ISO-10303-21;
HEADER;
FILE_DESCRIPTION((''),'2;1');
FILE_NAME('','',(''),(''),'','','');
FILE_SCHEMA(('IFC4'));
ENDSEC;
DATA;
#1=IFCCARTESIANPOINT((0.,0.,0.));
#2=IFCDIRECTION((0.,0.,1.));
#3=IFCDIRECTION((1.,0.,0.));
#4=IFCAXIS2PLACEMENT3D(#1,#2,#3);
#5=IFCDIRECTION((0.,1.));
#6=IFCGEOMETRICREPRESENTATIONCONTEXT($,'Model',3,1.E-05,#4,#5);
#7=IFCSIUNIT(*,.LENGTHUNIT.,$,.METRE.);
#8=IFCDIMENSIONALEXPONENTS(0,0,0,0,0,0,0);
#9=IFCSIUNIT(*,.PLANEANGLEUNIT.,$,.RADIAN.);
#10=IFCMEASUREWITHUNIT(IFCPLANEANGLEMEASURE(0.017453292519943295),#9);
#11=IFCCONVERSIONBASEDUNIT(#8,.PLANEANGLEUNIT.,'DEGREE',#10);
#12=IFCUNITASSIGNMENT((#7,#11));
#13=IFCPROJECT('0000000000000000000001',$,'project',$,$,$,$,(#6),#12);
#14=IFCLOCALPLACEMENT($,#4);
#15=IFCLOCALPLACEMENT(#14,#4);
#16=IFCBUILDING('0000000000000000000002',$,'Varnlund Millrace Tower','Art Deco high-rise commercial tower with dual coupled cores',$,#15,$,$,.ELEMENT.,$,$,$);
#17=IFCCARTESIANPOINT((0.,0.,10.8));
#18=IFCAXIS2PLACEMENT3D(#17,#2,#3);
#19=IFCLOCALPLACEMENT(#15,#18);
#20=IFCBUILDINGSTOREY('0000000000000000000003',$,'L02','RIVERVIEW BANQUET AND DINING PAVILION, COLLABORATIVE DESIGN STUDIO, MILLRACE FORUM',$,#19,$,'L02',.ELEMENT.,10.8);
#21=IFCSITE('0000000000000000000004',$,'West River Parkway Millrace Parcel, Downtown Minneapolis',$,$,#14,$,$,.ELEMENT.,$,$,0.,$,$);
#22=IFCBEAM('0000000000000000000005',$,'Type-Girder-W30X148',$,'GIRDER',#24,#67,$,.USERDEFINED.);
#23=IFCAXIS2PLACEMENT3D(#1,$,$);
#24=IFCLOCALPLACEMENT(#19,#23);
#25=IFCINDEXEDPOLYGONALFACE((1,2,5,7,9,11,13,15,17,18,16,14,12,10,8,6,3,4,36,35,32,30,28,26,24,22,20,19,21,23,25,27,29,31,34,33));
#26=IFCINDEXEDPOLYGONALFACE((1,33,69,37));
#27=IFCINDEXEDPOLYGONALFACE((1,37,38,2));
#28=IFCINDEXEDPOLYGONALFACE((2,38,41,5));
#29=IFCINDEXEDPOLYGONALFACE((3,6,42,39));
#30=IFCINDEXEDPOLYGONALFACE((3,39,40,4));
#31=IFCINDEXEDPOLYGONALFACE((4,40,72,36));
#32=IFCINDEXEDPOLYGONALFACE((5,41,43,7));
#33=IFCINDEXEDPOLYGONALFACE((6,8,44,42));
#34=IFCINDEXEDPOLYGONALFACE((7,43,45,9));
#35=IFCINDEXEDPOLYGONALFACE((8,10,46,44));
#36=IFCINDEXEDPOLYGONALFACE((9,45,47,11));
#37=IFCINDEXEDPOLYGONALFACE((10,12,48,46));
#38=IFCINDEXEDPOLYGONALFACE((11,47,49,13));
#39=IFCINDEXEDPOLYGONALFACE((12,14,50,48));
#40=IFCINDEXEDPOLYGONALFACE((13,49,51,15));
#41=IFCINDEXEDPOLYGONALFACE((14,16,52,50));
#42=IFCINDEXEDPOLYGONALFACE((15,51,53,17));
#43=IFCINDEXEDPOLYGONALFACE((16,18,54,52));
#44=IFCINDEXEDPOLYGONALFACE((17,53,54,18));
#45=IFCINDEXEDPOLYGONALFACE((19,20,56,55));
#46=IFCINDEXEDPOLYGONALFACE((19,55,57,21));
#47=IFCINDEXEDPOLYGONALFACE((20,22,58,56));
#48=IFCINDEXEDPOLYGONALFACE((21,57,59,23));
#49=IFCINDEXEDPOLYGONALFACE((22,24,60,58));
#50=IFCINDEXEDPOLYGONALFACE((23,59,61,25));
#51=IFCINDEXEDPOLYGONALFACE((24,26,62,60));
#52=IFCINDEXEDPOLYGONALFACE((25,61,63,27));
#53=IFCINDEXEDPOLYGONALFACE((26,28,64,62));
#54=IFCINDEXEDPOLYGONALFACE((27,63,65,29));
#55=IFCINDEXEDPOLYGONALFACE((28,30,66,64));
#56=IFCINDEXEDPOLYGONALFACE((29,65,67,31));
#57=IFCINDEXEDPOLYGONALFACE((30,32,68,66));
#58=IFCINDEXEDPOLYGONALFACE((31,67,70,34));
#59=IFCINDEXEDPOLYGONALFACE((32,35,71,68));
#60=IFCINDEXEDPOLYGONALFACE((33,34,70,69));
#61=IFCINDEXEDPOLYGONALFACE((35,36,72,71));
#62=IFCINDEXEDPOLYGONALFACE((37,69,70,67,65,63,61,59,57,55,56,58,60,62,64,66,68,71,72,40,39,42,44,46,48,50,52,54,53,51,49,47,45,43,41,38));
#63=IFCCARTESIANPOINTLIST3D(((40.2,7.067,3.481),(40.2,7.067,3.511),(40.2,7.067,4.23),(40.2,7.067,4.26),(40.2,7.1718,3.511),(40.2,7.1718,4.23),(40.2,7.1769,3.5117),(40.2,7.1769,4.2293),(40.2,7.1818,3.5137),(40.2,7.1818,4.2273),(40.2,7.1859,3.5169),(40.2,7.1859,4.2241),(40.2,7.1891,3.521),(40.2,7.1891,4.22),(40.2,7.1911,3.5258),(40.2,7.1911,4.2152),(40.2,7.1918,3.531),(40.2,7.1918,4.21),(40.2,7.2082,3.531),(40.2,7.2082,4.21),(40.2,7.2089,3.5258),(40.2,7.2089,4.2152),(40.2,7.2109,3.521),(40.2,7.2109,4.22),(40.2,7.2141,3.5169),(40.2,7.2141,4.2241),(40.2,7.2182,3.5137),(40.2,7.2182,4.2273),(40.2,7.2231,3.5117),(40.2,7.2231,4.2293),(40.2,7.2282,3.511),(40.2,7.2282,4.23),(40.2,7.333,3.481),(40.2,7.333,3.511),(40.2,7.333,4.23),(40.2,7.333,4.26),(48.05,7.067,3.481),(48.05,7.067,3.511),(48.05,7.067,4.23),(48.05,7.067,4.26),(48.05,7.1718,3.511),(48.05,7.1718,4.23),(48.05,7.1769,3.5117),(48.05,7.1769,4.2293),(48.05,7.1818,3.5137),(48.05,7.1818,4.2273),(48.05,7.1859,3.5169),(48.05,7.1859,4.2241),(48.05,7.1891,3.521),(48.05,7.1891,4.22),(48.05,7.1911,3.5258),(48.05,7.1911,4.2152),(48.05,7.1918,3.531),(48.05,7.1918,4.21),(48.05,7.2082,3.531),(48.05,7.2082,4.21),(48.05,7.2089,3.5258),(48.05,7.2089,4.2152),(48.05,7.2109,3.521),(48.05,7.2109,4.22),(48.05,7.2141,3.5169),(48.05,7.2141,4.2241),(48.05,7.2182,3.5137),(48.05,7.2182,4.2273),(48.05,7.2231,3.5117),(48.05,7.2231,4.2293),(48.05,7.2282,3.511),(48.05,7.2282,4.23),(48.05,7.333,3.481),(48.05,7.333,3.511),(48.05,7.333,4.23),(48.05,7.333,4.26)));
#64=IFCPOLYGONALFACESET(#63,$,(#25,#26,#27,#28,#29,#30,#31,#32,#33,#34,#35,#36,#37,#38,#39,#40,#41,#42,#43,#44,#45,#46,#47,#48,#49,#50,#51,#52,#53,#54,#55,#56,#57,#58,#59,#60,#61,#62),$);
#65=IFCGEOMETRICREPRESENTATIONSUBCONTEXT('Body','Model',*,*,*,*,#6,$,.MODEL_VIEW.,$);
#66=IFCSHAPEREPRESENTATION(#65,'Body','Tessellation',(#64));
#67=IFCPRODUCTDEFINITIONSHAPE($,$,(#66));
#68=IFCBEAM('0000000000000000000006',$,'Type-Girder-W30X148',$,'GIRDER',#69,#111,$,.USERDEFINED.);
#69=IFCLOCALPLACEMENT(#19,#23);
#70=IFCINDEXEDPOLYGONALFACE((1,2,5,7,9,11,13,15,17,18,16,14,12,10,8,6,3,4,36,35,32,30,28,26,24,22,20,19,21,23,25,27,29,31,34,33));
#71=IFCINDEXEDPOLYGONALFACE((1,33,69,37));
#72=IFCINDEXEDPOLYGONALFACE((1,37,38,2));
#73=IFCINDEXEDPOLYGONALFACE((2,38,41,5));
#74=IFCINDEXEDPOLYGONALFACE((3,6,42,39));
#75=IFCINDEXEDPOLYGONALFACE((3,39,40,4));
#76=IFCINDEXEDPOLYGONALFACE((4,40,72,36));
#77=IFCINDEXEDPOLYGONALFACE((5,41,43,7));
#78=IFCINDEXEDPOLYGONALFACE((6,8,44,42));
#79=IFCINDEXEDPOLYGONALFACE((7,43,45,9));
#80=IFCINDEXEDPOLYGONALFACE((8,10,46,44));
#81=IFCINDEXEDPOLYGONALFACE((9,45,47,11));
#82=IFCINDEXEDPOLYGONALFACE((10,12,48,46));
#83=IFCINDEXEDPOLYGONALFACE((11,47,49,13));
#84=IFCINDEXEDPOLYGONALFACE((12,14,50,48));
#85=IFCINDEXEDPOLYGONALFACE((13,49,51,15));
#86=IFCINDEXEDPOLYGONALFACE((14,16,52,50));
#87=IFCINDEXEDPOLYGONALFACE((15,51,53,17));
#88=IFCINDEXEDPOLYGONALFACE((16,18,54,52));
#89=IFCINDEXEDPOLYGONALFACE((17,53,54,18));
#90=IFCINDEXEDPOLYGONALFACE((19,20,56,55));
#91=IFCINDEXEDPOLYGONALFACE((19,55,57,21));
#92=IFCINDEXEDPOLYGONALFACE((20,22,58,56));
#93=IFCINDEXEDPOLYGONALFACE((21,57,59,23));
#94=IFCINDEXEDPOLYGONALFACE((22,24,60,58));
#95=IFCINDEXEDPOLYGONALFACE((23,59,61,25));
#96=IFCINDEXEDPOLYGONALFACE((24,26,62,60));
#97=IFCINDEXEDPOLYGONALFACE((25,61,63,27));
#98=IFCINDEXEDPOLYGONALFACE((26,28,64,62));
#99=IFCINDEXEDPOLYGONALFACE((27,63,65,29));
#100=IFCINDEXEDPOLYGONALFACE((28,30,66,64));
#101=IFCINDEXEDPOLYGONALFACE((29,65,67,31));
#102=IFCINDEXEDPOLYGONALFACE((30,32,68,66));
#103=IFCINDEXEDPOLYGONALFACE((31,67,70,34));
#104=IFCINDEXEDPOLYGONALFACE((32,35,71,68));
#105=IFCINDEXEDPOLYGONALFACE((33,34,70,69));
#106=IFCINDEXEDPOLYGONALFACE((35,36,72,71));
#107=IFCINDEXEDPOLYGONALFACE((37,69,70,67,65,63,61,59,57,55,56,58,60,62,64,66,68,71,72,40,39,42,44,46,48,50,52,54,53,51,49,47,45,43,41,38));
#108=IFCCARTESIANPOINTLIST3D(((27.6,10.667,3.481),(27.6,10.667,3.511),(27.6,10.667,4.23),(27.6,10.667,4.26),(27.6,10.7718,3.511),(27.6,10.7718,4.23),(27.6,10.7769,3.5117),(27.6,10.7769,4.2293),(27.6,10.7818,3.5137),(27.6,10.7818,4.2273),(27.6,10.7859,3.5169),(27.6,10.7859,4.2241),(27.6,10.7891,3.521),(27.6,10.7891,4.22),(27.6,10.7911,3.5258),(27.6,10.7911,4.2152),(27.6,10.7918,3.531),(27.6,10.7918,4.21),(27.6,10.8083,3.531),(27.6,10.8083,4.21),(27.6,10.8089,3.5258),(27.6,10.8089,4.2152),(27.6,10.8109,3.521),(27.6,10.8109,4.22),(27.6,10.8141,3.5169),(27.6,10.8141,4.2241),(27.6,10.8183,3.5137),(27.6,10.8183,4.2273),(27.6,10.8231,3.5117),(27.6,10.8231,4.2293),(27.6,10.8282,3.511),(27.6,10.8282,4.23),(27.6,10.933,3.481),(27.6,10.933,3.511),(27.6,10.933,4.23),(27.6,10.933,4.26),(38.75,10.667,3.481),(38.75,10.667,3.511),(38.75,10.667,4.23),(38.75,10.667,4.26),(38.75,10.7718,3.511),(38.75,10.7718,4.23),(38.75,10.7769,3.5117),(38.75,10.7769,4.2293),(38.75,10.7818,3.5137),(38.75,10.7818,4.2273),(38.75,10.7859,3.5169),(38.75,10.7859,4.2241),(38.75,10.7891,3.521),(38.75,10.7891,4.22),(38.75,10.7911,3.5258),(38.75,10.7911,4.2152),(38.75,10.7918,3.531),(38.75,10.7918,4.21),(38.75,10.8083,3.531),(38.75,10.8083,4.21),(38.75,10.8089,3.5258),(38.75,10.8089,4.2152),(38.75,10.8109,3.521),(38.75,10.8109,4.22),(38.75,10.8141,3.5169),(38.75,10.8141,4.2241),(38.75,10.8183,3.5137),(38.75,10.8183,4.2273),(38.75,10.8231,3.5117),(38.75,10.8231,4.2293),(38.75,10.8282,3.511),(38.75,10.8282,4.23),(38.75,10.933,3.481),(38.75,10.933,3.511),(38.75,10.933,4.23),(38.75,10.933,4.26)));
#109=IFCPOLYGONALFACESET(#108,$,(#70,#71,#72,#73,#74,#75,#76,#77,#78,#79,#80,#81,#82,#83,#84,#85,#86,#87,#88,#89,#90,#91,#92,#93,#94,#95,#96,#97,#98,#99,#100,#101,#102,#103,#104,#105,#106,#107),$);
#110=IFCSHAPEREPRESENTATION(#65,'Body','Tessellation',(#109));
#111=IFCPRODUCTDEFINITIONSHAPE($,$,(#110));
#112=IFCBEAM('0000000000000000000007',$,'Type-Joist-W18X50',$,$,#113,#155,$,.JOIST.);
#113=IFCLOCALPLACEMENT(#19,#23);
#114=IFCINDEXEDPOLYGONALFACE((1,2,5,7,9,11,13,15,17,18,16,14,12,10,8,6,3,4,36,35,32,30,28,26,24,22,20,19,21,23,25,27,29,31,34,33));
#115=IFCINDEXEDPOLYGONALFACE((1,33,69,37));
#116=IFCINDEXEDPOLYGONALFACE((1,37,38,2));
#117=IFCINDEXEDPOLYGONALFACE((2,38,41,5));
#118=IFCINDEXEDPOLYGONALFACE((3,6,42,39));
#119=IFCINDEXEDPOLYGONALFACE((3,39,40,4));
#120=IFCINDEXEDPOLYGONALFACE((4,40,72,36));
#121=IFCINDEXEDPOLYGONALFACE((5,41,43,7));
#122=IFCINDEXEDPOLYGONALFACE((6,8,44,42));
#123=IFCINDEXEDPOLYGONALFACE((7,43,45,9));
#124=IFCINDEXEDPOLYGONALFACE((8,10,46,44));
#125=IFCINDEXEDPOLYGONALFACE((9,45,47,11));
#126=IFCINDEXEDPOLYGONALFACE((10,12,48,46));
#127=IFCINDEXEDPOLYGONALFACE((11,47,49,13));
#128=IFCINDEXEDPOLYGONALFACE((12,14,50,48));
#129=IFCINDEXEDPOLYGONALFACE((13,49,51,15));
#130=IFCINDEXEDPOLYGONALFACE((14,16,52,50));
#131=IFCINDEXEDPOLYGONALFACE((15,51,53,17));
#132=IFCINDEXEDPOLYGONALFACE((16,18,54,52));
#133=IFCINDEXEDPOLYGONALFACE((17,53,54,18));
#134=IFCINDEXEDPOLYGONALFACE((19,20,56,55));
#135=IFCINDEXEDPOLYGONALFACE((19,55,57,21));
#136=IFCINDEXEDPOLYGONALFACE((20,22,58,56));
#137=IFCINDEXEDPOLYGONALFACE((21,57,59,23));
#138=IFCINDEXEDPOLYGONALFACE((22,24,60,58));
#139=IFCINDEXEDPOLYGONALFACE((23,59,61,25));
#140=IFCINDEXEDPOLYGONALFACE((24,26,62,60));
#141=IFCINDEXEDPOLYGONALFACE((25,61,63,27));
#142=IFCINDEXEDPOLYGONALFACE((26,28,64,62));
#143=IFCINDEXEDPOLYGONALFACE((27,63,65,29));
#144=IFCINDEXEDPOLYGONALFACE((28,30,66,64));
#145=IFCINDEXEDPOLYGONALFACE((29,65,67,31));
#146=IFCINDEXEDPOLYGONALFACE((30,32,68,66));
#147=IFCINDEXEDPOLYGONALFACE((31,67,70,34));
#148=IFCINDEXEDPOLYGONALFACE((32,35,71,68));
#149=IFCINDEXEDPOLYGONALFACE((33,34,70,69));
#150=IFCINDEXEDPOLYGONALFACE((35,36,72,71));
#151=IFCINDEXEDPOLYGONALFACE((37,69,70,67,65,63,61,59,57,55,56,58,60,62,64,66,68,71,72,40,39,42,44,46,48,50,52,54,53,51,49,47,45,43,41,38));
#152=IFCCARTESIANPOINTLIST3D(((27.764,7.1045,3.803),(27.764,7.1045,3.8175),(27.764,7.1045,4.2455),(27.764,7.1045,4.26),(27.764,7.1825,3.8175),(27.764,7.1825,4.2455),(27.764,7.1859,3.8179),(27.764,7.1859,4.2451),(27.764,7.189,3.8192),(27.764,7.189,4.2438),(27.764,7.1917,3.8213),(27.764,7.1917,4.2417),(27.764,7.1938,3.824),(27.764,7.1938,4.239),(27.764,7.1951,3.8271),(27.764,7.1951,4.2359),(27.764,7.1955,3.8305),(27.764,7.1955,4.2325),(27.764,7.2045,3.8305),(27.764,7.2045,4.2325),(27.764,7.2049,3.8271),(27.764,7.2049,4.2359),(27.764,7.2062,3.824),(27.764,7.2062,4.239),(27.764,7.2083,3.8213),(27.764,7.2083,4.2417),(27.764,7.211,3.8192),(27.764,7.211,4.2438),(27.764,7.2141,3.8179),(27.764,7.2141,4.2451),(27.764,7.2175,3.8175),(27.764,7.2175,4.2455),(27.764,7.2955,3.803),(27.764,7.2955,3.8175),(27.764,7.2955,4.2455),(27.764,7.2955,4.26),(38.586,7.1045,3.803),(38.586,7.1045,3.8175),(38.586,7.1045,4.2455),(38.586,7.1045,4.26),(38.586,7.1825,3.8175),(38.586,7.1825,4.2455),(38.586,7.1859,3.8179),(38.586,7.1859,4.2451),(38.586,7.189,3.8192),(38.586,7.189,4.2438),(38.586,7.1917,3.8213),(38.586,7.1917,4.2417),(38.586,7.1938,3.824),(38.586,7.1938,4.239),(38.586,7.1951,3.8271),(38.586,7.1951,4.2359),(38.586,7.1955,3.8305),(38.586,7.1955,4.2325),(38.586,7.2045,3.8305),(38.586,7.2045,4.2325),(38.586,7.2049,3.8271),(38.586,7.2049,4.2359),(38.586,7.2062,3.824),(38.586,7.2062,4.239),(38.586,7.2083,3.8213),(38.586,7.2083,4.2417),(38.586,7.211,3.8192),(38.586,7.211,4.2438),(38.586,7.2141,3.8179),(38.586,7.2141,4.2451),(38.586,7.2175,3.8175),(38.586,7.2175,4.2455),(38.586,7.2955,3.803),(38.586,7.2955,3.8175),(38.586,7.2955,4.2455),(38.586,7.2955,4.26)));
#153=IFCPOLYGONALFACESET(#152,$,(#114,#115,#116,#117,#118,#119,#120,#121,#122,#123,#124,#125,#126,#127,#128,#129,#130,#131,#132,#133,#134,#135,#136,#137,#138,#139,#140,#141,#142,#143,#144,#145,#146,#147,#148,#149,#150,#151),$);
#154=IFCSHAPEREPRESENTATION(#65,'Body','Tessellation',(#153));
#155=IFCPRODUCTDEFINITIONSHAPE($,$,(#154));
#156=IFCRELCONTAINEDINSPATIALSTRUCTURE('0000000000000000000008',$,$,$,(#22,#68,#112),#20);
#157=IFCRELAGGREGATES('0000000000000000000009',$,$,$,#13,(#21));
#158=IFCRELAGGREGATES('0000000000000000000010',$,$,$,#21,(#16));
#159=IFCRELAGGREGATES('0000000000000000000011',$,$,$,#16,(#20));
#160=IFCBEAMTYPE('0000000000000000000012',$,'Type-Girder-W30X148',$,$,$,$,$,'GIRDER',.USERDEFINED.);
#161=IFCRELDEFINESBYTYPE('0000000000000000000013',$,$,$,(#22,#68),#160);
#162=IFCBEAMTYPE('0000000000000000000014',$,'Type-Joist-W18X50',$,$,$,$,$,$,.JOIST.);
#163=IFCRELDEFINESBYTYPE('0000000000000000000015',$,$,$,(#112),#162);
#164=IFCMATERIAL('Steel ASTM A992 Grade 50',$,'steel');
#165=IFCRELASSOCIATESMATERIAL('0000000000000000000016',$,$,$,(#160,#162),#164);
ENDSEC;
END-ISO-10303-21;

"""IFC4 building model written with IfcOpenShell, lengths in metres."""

from ifc_helpers import new_model, entity, si_unit, converted_unit, direction, frame, origin_with_axes, origin_2d_with_axis, place, context, subcontext, project, spatial, i_section, extrude, material, material_profile, profile_set, type_object, element, save


model = new_model("IFC4")

# Units and contexts
model_context = context("Model", 3, precision=1e-05, world=origin_with_axes(), true_north=direction((0.0, 1.0)))
body_context = subcontext(model_context, "Body", "Model", "MODEL_VIEW")
ifc_project = project(units=[si_unit("LENGTHUNIT", "METRE"), converted_unit("PLANEANGLEUNIT", "DEGREE", entity("IfcPlaneAngleMeasure", 0.017453292519943295), si_unit("PLANEANGLEUNIT", "RADIAN"), dimensions=[0, 0, 0, 0, 0, 0, 0])], contexts=[model_context])

# Site, building, storey
site_placement = place(None, origin_with_axes())
site = spatial("IfcSite", under=ifc_project, at=site_placement, Name="West River Parkway Millrace Parcel, Downtown Minneapolis", CompositionType="ELEMENT", RefElevation=0.0)
building_placement = place(site_placement, origin_with_axes())
building = spatial("IfcBuilding", under=site, at=building_placement, Name="Varnlund Millrace Tower", Description="Art Deco high-rise commercial tower with dual coupled cores", CompositionType="ELEMENT")
storey_placement = place(building_placement, frame((0.0, 0.0, 10.8), z_axis=(0.0, 0.0, 1.0), x_axis=(1.0, 0.0, 0.0)))
storey = spatial("IfcBuildingStorey", under=building, at=storey_placement, Name="L02", Description="RIVERVIEW BANQUET AND DINING PAVILION, COLLABORATIVE DESIGN STUDIO, MILLRACE FORUM", LongName="L02", CompositionType="ELEMENT", Elevation=10.8)

# Beams
ifc_material_1 = material(Name="Steel ASTM A992 Grade 50", Category="steel")
ifc_material_profile_1 = material_profile(ifc_material_1, i_section(OverallWidth=0.266, OverallDepth=0.779, WebThickness=0.0165, FlangeThickness=0.03, FilletRadius=0.02, at=origin_2d_with_axis()), Name="Steel ASTM A992 Grade 50")
ifc_profile_set_1 = profile_set([ifc_material_profile_1], Name="Steel ASTM A992 Grade 50")
beam_type_1 = type_object("IfcBeamType", Name="Type-Girder-W30X148", ElementType="GIRDER", PredefinedType="USERDEFINED", material=ifc_profile_set_1)
beam_1_placement = place(storey_placement, frame((40.2, 7.2, 3.8705), z_axis=(1.0, 0.0, 0.0), x_axis=(0.0, 1.0, 0.0)))
element("IfcBeam", 1, at=beam_1_placement, inside=storey, type_object=beam_type_1, Name="Type-Girder-W30X148", ObjectType="GIRDER", PredefinedType="USERDEFINED", context=body_context, shape_type="SweptSolid", body=[
    extrude(i_section(OverallWidth=0.266, OverallDepth=0.779, WebThickness=0.0165, FlangeThickness=0.03, FilletRadius=0.02, at=origin_2d_with_axis()), origin_with_axes(), (0.0, 0.0, 1.0), 7.85),
])
beam_2_placement = place(storey_placement, frame((27.6, 10.8, 3.8705), z_axis=(1.0, 0.0, 0.0), x_axis=(0.0, 1.0, 0.0)))
element("IfcBeam", 2, at=beam_2_placement, inside=storey, type_object=beam_type_1, Name="Type-Girder-W30X148", ObjectType="GIRDER", PredefinedType="USERDEFINED", context=body_context, shape_type="SweptSolid", body=[
    extrude(i_section(OverallWidth=0.266, OverallDepth=0.779, WebThickness=0.0165, FlangeThickness=0.03, FilletRadius=0.02, at=origin_2d_with_axis()), origin_with_axes(), (0.0, 0.0, 1.0), 11.15),
])
ifc_material_profile_2 = material_profile(ifc_material_1, i_section(OverallWidth=0.191, OverallDepth=0.457, WebThickness=0.009, FlangeThickness=0.0145, FilletRadius=0.013, at=origin_2d_with_axis()), Name="Steel ASTM A992 Grade 50")
ifc_profile_set_2 = profile_set([ifc_material_profile_2], Name="Steel ASTM A992 Grade 50")
beam_type_2 = type_object("IfcBeamType", Name="Type-Joist-W18X50", PredefinedType="JOIST", material=ifc_profile_set_2)
beam_3_placement = place(storey_placement, frame((27.764, 7.2, 4.0315), z_axis=(1.0, 0.0, 0.0), x_axis=(0.0, 1.0, 0.0)))
element("IfcBeam", 3, at=beam_3_placement, inside=storey, type_object=beam_type_2, Name="Type-Joist-W18X50", PredefinedType="JOIST", context=body_context, shape_type="SweptSolid", body=[
    extrude(i_section(OverallWidth=0.191, OverallDepth=0.457, WebThickness=0.009, FlangeThickness=0.0145, FilletRadius=0.013, at=origin_2d_with_axis()), origin_with_axes(), (0.0, 0.0, 1.0), 10.822),
])

save(model, "model.ifc")
